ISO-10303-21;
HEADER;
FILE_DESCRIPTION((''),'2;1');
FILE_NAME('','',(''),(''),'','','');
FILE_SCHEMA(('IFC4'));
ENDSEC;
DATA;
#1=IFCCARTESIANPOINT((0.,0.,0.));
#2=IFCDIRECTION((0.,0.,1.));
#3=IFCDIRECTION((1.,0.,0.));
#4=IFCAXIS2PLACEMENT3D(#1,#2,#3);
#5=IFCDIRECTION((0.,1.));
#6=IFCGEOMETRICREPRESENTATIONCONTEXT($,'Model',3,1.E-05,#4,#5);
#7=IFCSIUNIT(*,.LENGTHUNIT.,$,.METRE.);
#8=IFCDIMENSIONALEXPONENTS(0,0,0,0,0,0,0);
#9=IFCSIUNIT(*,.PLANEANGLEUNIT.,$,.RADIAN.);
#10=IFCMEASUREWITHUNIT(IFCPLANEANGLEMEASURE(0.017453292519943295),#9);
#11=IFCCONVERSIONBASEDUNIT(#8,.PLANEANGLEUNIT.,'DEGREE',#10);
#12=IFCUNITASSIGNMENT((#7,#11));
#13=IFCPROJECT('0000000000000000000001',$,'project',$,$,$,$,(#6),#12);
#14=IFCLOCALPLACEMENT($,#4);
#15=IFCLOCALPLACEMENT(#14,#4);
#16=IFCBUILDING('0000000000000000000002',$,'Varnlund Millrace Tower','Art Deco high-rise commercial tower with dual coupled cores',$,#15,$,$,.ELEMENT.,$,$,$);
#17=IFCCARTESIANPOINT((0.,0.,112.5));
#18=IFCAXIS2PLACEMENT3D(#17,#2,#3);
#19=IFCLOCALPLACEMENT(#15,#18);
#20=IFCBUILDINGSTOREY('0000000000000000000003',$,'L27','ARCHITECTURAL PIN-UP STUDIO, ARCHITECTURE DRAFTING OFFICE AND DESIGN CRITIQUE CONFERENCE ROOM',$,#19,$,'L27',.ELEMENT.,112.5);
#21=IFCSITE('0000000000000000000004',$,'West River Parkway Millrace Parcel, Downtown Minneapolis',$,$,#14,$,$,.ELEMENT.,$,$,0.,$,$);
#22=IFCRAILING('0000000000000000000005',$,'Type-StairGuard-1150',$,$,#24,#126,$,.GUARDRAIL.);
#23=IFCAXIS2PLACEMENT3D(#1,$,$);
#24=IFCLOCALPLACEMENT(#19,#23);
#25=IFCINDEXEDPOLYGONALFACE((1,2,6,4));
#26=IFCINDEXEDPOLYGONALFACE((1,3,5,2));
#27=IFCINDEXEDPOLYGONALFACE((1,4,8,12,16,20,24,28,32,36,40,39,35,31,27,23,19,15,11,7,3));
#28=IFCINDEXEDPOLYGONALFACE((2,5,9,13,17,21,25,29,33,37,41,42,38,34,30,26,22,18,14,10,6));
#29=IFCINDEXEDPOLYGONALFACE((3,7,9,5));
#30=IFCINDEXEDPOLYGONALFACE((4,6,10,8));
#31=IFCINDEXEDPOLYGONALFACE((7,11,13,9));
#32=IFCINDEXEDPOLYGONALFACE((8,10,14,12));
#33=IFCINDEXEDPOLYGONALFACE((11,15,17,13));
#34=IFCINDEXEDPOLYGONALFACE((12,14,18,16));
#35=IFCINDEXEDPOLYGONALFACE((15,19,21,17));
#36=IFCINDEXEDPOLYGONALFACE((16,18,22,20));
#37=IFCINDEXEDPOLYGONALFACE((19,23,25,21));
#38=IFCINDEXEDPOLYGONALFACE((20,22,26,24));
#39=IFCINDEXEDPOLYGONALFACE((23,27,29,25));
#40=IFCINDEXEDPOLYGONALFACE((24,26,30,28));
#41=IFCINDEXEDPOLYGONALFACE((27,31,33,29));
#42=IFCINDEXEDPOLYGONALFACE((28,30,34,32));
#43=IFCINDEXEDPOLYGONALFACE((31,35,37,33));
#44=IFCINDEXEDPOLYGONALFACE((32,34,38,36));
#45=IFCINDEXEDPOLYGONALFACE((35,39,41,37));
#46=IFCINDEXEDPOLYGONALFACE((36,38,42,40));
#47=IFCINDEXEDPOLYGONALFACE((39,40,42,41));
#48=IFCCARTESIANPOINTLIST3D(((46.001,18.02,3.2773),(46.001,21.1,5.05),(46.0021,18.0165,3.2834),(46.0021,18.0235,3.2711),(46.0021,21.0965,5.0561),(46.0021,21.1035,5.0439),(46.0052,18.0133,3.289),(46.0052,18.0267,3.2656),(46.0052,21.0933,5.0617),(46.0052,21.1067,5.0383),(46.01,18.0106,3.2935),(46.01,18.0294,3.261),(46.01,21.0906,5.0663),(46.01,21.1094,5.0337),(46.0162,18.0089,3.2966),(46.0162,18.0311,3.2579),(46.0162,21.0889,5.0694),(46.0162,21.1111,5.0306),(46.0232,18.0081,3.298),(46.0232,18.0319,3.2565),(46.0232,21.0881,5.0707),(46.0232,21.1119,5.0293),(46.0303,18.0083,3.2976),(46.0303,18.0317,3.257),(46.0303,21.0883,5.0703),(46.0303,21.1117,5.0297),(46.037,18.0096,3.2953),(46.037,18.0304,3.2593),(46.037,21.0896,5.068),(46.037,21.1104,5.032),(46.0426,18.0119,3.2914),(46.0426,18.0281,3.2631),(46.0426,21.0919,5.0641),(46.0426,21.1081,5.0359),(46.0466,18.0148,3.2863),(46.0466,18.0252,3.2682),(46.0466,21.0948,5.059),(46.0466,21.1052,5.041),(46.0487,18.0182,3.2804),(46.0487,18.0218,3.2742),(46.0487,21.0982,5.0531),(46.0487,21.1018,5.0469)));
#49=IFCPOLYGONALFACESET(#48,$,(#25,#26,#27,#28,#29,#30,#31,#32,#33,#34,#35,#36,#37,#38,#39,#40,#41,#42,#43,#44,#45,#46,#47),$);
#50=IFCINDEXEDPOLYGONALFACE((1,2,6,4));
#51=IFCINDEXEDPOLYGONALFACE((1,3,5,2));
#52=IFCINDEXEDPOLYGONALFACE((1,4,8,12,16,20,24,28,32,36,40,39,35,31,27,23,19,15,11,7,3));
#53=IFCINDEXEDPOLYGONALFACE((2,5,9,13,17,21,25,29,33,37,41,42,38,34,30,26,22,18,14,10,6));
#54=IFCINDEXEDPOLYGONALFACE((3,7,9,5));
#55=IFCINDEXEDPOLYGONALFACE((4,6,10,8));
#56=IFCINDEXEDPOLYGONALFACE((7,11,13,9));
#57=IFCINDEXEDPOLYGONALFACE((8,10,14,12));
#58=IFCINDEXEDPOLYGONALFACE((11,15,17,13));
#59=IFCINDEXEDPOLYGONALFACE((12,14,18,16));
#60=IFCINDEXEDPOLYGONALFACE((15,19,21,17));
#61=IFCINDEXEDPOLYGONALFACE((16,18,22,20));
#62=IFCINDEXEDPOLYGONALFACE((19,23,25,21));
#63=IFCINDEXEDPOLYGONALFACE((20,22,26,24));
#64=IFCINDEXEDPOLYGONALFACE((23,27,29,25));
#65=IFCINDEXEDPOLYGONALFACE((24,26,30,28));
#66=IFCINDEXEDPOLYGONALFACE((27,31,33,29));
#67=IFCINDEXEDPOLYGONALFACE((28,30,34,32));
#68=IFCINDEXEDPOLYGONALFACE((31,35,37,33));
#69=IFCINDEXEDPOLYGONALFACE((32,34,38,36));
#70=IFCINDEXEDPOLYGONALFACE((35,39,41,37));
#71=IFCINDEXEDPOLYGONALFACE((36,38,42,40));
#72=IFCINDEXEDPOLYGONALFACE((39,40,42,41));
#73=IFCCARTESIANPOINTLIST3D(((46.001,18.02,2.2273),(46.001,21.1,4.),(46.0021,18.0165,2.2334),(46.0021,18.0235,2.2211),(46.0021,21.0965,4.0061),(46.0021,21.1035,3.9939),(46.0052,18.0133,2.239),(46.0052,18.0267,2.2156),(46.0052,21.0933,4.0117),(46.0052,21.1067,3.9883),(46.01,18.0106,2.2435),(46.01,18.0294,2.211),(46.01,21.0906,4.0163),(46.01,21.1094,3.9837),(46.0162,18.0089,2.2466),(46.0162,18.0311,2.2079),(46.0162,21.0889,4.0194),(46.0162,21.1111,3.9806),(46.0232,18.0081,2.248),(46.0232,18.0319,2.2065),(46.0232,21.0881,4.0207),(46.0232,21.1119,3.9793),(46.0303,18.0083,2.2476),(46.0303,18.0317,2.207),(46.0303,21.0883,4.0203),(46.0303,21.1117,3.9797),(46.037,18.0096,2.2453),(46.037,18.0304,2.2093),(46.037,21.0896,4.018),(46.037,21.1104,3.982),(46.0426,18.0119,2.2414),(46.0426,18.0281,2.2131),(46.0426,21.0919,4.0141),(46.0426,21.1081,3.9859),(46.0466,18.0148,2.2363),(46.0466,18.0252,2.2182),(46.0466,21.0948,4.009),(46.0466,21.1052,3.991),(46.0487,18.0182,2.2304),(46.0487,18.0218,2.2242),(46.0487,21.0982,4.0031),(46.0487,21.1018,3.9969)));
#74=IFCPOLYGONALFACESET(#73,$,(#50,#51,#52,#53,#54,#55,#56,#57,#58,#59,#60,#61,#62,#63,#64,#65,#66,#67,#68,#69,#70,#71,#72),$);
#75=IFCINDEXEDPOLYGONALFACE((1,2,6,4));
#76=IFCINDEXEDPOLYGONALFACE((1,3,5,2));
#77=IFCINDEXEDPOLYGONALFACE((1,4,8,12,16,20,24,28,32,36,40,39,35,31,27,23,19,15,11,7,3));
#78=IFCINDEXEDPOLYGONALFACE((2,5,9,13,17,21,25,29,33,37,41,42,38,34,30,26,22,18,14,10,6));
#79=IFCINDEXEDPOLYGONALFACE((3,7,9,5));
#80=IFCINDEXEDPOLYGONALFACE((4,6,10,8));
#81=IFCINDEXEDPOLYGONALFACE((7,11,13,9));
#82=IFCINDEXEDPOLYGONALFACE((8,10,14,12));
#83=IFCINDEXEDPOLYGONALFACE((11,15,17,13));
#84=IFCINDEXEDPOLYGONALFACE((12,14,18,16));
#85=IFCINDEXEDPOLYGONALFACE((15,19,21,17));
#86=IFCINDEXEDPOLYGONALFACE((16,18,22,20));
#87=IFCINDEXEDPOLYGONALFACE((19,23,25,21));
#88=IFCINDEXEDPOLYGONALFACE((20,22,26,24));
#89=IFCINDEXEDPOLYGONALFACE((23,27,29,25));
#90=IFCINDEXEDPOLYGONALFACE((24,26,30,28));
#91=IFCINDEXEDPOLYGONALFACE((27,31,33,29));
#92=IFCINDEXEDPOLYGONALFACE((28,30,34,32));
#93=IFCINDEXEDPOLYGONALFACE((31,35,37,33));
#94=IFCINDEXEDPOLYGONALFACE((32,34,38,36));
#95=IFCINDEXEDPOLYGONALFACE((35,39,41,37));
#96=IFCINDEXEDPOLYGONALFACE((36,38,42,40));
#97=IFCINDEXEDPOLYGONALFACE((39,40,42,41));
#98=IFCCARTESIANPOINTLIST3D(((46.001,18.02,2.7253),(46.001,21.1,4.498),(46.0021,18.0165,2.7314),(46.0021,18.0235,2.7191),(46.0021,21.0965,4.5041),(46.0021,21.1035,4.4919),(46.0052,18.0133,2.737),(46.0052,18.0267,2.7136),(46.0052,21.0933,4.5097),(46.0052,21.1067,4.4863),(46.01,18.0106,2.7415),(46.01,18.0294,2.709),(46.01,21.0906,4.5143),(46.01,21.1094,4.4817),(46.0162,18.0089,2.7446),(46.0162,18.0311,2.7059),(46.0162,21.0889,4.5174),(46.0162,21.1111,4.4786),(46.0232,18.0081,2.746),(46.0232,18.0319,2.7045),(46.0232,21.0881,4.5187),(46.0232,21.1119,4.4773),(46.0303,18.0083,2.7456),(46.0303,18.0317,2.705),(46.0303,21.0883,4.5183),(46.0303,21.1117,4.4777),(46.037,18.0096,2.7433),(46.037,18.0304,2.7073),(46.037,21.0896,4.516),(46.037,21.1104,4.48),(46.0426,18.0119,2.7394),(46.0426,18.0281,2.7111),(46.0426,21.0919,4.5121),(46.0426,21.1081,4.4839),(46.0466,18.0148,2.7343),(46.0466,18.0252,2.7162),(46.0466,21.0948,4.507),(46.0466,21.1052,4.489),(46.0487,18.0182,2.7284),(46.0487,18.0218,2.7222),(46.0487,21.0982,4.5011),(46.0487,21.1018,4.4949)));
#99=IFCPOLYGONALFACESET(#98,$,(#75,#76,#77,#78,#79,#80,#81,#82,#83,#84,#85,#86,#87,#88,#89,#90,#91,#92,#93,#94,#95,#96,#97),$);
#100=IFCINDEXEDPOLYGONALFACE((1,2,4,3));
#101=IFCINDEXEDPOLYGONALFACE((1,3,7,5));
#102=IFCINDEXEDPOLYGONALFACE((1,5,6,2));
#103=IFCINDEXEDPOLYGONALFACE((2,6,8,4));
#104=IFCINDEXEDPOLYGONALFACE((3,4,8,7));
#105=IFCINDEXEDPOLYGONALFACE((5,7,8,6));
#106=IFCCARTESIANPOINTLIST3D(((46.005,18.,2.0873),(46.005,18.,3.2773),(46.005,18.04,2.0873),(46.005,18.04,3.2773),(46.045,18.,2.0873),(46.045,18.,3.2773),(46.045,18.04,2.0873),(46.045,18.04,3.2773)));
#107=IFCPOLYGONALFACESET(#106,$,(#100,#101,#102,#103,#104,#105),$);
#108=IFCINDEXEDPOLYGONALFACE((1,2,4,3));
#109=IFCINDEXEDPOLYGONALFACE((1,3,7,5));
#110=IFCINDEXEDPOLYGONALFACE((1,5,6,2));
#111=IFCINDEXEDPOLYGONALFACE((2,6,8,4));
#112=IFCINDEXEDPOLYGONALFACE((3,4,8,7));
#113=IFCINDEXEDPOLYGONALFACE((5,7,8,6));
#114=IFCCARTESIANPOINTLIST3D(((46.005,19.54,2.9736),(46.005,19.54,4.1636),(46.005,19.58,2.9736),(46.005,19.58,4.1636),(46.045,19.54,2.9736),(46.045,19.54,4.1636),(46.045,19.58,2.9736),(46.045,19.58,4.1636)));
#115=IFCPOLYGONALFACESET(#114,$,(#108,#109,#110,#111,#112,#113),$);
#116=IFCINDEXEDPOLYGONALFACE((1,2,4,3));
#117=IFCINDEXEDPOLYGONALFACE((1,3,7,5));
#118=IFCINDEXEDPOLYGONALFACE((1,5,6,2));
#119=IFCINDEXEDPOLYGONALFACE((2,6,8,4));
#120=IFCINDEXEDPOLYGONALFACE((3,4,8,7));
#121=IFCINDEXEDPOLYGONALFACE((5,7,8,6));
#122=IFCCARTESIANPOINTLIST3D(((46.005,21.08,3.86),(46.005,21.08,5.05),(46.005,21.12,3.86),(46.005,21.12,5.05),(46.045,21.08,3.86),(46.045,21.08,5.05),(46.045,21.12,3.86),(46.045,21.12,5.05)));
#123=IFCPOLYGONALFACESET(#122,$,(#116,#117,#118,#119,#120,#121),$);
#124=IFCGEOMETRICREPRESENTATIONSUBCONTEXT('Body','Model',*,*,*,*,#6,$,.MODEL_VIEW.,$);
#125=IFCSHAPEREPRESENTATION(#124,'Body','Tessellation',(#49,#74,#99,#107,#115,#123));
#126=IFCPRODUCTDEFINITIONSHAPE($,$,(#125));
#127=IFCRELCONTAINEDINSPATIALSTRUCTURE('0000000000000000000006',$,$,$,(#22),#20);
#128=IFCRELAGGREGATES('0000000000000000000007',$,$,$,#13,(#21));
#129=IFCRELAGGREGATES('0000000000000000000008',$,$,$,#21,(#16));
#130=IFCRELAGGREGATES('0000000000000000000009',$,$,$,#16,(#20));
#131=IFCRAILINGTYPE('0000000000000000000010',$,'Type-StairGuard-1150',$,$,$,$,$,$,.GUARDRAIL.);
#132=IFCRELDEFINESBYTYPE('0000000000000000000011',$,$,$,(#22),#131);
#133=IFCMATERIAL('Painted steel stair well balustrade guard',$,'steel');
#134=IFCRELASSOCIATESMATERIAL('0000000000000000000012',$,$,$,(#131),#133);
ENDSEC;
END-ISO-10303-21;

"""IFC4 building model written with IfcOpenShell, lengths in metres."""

from ifc_helpers import new_model, entity, si_unit, converted_unit, direction, frame, origin_with_axes, origin_2d_with_axis, place, context, subcontext, project, spatial, rectangle, circle, extrude, material, type_object, element, save


model = new_model("IFC4")

# Units and contexts
model_context = context("Model", 3, precision=1e-05, world=origin_with_axes(), true_north=direction((0.0, 1.0)))
body_context = subcontext(model_context, "Body", "Model", "MODEL_VIEW")
ifc_project = project(units=[si_unit("LENGTHUNIT", "METRE"), converted_unit("PLANEANGLEUNIT", "DEGREE", entity("IfcPlaneAngleMeasure", 0.017453292519943295), si_unit("PLANEANGLEUNIT", "RADIAN"), dimensions=[0, 0, 0, 0, 0, 0, 0])], contexts=[model_context])

# Site, building, storey
site_placement = place(None, origin_with_axes())
site = spatial("IfcSite", under=ifc_project, at=site_placement, Name="West River Parkway Millrace Parcel, Downtown Minneapolis", CompositionType="ELEMENT", RefElevation=0.0)
building_placement = place(site_placement, origin_with_axes())
building = spatial("IfcBuilding", under=site, at=building_placement, Name="Varnlund Millrace Tower", Description="Art Deco high-rise commercial tower with dual coupled cores", CompositionType="ELEMENT")
storey_placement = place(building_placement, frame((0.0, 0.0, 112.5), z_axis=(0.0, 0.0, 1.0), x_axis=(1.0, 0.0, 0.0)))
storey = spatial("IfcBuildingStorey", under=building, at=storey_placement, Name="L27", Description="ARCHITECTURAL PIN-UP STUDIO, ARCHITECTURE DRAFTING OFFICE AND DESIGN CRITIQUE CONFERENCE ROOM", LongName="L27", CompositionType="ELEMENT", Elevation=112.5)

# Railing
ifc_material_1 = material(Name="Painted steel stair well balustrade guard", Category="steel")
railing_type_1 = type_object("IfcRailingType", Name="Type-StairGuard-1150", PredefinedType="GUARDRAIL", material=ifc_material_1)
railing_1_placement = place(storey_placement, frame((0.0, 0.0, -112.5), z_axis=(0.0, 0.0, 1.0), x_axis=(1.0, 0.0, 0.0)))
element("IfcRailing", 1, at=railing_1_placement, inside=storey, type_object=railing_type_1, Name="Type-StairGuard-1150", PredefinedType="GUARDRAIL", context=body_context, shape_type="SweptSolid", body=[
    extrude(circle(Radius=0.024, at=origin_2d_with_axis()), frame((46.025, 18.02, 115.7773), z_axis=(0.0, 0.866696, 0.498836), x_axis=(-1.0, 0.0, 0.0)), (0.0, 0.0, 1.0), 3.5537),
    extrude(circle(Radius=0.024, at=origin_2d_with_axis()), frame((46.025, 18.02, 114.7273), z_axis=(0.0, 0.866696, 0.498836), x_axis=(-1.0, 0.0, 0.0)), (0.0, 0.0, 1.0), 3.5537),
    extrude(circle(Radius=0.024, at=origin_2d_with_axis()), frame((46.025, 18.02, 115.2253), z_axis=(0.0, 0.866696, 0.498836), x_axis=(-1.0, 0.0, 0.0)), (0.0, 0.0, 1.0), 3.5537),
    extrude(rectangle(XDim=0.04, YDim=0.04, at=origin_2d_with_axis()), frame((46.025, 18.02, 114.5873), z_axis=(0.0, 0.0, 1.0), x_axis=(1.0, 0.0, 0.0)), (0.0, 0.0, 1.0), 1.19),
    extrude(rectangle(XDim=0.04, YDim=0.04, at=origin_2d_with_axis()), frame((46.025, 19.56, 115.4736), z_axis=(0.0, 0.0, 1.0), x_axis=(1.0, 0.0, 0.0)), (0.0, 0.0, 1.0), 1.19),
    extrude(rectangle(XDim=0.04, YDim=0.04, at=origin_2d_with_axis()), frame((46.025, 21.1, 116.36), z_axis=(0.0, 0.0, 1.0), x_axis=(1.0, 0.0, 0.0)), (0.0, 0.0, 1.0), 1.19),
])

save(model, "model.ifc")
